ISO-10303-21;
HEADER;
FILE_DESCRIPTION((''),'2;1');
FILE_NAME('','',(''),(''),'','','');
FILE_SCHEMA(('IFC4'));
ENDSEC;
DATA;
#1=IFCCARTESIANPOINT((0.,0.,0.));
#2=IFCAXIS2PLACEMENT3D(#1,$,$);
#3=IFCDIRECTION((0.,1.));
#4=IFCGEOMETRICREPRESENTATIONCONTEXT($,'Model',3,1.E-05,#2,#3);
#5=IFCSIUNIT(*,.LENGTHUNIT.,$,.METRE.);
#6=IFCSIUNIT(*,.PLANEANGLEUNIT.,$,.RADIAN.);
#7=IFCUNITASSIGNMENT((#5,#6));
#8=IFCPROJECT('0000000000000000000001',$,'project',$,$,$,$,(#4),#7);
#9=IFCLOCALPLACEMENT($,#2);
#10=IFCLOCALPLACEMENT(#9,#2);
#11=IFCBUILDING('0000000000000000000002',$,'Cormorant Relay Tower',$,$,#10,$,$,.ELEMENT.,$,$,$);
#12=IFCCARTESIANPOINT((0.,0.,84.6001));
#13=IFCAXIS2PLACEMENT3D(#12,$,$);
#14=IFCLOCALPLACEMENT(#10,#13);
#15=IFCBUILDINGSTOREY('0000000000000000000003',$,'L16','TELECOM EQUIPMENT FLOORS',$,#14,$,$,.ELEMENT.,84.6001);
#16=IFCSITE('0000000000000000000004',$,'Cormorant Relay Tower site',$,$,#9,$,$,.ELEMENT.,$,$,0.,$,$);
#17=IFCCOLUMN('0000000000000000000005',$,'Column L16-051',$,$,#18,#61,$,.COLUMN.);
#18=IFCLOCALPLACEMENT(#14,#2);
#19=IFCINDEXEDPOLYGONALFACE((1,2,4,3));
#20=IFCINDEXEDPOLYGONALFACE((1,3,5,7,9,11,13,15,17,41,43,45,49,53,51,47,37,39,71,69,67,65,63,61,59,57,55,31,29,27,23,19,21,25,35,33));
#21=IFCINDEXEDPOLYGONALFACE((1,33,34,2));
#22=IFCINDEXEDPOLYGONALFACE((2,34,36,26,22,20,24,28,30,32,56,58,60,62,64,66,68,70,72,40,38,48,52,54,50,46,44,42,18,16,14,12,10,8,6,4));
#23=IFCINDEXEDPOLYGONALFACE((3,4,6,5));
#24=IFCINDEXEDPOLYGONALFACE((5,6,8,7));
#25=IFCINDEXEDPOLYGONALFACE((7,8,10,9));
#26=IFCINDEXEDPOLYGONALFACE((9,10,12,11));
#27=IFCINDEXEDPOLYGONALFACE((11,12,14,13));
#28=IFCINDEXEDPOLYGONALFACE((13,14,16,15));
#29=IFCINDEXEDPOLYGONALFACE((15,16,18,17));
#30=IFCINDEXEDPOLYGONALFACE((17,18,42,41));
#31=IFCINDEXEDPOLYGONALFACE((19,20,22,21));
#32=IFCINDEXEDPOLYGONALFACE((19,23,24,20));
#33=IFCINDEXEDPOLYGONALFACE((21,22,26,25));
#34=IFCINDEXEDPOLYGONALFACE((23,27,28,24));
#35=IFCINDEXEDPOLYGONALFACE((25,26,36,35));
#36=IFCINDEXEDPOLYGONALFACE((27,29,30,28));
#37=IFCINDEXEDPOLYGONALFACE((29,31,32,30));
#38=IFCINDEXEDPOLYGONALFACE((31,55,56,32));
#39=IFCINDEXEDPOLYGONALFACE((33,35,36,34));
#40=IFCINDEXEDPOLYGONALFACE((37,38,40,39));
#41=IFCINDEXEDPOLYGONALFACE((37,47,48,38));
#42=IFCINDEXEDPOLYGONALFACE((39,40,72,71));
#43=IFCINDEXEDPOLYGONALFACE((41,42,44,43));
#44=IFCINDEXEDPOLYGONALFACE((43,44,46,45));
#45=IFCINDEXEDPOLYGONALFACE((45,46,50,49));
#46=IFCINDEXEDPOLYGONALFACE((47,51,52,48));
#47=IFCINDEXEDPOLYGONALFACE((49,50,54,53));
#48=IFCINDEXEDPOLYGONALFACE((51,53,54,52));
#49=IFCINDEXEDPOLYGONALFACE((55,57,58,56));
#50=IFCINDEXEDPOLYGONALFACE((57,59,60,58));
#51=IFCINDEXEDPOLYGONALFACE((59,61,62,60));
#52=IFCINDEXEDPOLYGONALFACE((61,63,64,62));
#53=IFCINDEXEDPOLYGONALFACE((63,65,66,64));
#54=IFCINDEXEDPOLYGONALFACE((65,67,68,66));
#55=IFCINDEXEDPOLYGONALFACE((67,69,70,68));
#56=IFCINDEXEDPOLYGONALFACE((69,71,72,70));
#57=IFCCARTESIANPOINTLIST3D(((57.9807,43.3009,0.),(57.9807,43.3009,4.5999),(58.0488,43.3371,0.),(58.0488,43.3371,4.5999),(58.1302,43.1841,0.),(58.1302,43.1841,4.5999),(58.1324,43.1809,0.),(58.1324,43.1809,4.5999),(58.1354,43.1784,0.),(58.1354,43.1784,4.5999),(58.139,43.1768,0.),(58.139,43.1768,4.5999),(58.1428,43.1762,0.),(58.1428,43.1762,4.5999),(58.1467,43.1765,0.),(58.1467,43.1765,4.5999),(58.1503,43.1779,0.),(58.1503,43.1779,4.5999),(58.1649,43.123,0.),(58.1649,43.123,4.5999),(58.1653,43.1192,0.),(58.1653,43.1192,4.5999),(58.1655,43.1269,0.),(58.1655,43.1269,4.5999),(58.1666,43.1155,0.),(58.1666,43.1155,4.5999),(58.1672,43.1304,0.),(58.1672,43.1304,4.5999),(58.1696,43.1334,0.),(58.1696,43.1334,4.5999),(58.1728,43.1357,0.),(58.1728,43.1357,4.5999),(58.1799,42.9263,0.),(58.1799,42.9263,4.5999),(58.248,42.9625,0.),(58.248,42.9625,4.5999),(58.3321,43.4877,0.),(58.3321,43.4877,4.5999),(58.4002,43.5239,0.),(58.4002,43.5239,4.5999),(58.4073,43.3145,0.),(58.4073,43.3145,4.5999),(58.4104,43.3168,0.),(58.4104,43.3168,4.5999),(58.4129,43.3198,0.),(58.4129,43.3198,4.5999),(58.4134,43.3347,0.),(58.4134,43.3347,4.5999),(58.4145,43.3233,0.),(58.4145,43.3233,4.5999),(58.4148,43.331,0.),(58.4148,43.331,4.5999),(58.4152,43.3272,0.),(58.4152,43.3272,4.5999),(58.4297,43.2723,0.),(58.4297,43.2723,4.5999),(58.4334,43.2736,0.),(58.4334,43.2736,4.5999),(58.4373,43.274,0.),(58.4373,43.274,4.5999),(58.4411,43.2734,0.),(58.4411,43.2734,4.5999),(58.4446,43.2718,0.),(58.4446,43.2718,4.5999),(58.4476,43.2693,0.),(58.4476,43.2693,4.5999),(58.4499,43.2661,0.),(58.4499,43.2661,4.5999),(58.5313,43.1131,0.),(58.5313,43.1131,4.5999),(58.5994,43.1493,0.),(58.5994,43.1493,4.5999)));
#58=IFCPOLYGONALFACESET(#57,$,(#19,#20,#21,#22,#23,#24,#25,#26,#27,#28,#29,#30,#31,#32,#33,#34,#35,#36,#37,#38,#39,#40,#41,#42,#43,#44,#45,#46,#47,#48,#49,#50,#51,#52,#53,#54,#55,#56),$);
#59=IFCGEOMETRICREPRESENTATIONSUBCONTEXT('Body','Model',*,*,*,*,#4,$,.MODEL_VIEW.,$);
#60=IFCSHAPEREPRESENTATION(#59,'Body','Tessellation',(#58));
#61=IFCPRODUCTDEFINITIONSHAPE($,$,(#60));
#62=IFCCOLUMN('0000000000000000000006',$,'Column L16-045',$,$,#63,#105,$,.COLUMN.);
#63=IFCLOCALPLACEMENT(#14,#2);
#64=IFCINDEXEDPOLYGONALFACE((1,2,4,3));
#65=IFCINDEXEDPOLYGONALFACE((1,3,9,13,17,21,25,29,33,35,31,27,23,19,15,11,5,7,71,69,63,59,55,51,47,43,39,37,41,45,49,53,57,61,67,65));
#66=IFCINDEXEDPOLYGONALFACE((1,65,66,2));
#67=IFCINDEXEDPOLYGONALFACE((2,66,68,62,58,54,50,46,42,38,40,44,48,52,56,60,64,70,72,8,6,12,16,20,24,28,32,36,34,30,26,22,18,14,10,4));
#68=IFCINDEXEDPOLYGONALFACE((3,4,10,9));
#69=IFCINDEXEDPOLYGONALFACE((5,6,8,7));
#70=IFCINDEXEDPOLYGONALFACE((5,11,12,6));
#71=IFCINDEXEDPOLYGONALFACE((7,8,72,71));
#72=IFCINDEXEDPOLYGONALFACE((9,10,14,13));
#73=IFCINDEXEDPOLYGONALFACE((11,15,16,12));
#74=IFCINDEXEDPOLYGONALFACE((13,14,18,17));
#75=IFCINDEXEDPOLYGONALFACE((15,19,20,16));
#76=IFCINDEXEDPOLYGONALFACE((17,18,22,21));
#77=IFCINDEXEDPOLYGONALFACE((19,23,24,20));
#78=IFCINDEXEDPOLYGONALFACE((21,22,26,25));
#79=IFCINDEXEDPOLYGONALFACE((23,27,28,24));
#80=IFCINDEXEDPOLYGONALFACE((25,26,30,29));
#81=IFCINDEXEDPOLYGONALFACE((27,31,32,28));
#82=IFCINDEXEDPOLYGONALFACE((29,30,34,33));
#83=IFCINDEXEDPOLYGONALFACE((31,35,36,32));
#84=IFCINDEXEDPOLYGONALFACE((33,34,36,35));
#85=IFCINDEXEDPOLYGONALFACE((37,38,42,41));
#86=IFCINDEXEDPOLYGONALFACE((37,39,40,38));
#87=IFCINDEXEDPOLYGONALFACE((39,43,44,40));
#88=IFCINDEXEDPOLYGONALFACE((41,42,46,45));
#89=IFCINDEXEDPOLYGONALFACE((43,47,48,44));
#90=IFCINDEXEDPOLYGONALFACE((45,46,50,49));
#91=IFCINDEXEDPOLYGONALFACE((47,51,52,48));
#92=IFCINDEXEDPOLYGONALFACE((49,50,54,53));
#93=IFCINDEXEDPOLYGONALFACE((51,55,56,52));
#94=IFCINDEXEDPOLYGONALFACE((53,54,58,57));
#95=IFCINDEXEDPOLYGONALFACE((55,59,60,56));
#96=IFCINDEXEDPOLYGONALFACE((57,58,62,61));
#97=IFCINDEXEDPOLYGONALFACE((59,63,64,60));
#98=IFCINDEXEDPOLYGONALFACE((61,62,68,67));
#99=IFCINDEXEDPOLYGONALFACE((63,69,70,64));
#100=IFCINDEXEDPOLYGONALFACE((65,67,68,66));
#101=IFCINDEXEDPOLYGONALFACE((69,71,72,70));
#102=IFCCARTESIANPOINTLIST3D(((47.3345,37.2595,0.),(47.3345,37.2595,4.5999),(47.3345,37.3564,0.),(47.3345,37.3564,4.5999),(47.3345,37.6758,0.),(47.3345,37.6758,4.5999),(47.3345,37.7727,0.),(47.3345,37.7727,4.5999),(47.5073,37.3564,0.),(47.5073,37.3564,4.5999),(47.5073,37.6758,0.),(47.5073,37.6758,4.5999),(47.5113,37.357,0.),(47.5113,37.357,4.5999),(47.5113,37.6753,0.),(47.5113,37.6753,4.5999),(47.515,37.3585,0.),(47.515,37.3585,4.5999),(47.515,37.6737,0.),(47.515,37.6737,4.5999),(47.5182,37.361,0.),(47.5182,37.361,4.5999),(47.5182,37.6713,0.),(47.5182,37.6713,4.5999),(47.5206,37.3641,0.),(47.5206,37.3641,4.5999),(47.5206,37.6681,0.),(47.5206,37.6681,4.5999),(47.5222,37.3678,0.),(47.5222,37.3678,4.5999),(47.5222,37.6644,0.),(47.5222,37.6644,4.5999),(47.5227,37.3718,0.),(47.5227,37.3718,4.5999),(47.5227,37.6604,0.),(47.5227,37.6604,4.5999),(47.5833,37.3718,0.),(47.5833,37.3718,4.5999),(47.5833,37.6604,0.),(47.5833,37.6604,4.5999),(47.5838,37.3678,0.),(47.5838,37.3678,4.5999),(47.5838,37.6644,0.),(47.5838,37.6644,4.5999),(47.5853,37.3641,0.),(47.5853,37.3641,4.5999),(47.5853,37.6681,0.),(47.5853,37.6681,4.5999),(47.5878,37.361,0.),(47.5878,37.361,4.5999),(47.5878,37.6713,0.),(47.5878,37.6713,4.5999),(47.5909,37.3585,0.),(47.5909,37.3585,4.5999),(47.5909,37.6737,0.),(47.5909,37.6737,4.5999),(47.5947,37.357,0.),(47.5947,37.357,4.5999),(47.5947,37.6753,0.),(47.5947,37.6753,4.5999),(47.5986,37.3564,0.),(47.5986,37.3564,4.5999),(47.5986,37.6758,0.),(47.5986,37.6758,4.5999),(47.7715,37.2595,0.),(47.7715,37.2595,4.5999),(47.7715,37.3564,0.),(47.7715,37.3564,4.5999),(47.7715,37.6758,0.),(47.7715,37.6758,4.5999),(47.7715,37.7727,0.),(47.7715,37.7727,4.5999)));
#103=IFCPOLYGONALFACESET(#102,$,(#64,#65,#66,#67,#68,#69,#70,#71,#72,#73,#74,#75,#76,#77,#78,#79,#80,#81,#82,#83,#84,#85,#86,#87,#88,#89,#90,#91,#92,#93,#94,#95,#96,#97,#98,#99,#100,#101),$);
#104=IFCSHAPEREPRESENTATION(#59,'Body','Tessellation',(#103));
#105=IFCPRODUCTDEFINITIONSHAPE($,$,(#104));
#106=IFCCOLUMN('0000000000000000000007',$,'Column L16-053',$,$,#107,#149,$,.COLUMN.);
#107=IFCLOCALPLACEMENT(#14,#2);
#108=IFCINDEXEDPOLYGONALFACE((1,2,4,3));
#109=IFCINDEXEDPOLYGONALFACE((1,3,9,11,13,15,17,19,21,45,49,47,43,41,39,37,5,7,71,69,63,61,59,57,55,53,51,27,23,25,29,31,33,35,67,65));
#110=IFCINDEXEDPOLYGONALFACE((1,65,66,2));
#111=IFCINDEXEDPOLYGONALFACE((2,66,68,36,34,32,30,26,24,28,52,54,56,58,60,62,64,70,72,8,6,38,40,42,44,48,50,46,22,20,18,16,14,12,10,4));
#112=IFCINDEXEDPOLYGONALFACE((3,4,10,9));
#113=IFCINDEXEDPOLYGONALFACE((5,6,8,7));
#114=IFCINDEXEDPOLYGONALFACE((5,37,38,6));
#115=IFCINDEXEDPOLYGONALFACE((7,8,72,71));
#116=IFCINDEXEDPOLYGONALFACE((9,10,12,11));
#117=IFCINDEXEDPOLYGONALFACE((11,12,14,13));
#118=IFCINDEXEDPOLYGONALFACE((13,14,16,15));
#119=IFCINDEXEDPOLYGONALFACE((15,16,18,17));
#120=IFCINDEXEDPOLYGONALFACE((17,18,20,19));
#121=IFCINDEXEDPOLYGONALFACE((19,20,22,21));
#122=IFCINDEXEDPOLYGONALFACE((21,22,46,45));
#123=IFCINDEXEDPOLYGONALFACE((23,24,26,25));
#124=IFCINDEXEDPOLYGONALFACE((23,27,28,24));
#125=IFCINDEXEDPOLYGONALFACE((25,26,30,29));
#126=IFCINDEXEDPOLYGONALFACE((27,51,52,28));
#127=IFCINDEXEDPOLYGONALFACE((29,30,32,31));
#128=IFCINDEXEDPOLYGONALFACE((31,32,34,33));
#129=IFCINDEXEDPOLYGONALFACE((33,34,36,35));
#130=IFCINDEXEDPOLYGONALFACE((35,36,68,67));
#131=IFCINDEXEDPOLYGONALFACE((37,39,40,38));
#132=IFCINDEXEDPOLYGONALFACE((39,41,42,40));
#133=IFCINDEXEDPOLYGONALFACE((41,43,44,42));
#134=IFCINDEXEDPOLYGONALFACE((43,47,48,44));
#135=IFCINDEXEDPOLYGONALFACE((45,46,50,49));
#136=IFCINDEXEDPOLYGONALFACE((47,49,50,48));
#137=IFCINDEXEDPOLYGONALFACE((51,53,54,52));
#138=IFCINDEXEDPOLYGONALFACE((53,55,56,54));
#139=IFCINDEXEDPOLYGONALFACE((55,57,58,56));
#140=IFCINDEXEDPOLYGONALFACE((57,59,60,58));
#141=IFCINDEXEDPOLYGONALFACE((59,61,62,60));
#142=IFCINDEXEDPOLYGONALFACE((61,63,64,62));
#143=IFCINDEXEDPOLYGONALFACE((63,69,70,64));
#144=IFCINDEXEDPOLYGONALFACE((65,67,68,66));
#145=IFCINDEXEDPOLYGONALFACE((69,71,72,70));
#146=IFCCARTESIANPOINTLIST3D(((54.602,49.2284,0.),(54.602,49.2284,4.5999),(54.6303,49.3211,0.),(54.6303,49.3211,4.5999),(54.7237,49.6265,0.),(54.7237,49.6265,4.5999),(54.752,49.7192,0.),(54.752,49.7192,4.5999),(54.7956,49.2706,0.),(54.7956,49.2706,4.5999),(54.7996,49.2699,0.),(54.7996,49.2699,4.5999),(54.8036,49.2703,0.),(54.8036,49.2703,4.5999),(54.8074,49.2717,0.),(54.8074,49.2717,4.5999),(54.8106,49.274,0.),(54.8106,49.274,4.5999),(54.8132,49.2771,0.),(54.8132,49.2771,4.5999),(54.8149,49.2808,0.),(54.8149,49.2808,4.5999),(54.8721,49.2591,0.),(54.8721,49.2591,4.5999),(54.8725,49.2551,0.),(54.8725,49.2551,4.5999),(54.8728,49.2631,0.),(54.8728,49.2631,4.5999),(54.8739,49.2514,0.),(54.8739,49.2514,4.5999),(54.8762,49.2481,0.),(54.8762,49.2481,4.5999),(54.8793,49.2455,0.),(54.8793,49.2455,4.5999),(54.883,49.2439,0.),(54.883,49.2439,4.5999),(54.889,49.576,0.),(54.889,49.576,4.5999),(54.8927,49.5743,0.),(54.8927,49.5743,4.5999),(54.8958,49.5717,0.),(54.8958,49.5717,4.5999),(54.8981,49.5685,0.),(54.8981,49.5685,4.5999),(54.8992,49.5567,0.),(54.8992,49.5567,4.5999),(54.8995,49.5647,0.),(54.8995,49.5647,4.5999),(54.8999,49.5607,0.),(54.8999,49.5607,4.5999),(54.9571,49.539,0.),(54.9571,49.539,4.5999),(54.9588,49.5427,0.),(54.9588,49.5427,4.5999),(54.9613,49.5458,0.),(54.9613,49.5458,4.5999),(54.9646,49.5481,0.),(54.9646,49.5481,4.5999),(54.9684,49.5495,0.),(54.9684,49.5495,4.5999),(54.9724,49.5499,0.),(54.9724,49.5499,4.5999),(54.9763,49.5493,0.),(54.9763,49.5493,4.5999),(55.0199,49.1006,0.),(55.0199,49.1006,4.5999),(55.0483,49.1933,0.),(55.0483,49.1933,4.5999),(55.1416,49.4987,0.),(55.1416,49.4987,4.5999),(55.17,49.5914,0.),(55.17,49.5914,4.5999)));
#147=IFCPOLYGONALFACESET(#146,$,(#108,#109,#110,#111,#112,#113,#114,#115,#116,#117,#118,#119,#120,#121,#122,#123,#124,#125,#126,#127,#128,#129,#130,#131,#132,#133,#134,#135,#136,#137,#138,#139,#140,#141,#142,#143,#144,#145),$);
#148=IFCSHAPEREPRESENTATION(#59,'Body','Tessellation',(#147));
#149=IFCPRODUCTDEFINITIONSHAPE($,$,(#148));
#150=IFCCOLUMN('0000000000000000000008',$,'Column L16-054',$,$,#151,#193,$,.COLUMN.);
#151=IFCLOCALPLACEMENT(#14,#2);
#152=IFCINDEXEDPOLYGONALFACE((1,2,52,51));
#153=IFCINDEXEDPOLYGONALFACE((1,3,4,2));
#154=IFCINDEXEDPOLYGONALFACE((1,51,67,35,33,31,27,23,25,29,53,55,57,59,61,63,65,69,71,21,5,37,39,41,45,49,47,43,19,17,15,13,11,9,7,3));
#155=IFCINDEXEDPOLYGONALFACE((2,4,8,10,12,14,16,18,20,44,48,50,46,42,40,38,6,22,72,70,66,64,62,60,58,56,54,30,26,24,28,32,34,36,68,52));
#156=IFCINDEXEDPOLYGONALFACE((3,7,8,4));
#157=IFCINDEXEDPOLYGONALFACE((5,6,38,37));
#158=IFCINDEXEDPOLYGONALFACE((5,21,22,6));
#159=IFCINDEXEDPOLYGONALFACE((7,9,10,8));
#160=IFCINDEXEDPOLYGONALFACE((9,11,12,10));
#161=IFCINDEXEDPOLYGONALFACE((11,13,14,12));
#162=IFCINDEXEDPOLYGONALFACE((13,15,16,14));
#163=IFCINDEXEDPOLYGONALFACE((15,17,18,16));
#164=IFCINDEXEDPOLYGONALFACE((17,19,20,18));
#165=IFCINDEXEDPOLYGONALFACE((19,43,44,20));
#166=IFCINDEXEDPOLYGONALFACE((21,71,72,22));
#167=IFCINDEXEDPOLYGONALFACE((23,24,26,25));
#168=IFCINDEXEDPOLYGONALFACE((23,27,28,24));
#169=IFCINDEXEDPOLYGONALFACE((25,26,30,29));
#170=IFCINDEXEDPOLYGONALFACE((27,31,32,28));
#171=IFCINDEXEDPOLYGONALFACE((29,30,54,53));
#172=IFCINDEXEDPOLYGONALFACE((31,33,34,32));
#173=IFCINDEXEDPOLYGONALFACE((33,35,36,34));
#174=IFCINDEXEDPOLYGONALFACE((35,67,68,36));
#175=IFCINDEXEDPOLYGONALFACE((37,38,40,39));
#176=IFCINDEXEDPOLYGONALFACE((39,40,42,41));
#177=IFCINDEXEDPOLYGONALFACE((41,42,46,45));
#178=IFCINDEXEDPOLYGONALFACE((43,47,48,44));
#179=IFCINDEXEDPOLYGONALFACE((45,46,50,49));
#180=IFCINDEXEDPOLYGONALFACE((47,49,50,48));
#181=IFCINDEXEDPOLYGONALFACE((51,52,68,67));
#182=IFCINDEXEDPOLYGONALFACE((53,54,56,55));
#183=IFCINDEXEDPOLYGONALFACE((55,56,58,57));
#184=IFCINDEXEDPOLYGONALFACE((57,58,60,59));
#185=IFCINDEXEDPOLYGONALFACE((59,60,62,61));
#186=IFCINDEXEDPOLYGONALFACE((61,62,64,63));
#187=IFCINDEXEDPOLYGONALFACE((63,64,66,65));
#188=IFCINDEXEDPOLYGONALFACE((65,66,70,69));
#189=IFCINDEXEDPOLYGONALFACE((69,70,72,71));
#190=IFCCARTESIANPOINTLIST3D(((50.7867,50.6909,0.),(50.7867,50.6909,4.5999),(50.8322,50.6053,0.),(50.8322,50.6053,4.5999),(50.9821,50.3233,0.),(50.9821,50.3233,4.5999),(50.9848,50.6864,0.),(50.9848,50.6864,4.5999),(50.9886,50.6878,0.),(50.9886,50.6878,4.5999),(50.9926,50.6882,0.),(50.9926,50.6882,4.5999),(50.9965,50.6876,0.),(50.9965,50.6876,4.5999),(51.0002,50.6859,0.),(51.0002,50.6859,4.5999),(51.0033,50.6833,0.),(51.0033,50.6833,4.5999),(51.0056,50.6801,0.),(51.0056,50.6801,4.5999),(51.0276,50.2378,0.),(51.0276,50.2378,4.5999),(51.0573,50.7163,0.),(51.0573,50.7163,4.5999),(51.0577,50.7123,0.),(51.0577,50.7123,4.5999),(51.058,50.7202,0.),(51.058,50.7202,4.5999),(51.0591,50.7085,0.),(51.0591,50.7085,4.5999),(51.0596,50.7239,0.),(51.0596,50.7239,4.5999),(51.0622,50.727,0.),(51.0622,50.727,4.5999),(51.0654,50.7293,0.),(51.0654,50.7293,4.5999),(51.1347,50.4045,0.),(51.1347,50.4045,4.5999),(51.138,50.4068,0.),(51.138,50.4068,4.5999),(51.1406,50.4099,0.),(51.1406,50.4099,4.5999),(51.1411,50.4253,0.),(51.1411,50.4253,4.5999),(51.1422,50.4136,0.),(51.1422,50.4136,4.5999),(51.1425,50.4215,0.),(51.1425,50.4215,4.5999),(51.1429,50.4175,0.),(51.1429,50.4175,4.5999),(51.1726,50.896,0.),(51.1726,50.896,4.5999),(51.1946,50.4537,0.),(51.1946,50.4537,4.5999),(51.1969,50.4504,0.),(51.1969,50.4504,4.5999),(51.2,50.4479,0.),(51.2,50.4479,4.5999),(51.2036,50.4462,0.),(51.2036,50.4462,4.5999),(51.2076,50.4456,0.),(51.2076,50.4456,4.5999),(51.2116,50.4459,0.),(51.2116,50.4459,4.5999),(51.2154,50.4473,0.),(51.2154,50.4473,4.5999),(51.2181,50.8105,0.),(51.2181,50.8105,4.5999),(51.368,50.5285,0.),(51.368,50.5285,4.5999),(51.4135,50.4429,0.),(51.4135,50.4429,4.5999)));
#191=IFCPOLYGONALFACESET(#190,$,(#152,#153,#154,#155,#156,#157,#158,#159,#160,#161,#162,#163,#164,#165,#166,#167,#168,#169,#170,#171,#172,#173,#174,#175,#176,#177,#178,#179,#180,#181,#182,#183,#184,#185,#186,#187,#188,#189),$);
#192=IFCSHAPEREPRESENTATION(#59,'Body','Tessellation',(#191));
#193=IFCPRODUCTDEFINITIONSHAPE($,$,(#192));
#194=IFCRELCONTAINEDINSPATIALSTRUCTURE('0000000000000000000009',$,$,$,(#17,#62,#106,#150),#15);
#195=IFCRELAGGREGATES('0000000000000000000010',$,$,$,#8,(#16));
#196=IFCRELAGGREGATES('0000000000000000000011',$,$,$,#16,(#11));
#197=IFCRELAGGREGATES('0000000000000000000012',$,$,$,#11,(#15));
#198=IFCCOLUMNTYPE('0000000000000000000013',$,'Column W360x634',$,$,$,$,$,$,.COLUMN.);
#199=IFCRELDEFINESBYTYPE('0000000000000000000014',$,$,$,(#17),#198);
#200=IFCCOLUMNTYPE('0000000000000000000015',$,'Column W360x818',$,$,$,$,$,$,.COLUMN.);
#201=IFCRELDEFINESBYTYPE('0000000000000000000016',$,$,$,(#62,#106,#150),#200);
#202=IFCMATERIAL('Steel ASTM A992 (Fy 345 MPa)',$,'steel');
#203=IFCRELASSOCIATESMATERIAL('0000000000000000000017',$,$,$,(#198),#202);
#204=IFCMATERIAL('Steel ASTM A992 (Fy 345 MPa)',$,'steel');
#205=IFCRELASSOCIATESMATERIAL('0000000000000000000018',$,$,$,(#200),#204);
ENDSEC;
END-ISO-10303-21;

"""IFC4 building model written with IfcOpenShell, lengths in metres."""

from ifc_helpers import new_model, si_unit, direction, frame, origin, origin_2d, place, context, subcontext, project, spatial, i_section, extrude, material, material_profile, profile_set, type_object, element, save


model = new_model("IFC4")

# Units and contexts
model_context = context("Model", 3, precision=1e-05, world=origin(), true_north=direction((0.0, 1.0)))
body_context = subcontext(model_context, "Body", "Model", "MODEL_VIEW")
ifc_project = project(units=[si_unit("LENGTHUNIT", "METRE"), si_unit("PLANEANGLEUNIT", "RADIAN")], contexts=[model_context])

# Site, building, storey
site_placement = place(None, origin())
site = spatial("IfcSite", under=ifc_project, at=site_placement, Name="Cormorant Relay Tower site", CompositionType="ELEMENT", RefElevation=0.0)
building_placement = place(site_placement, origin())
building = spatial("IfcBuilding", under=site, at=building_placement, Name="Cormorant Relay Tower", CompositionType="ELEMENT")
storey_placement = place(building_placement, frame((0.0, 0.0, 84.6001)))
storey = spatial("IfcBuildingStorey", under=building, at=storey_placement, Name="L16", Description="TELECOM EQUIPMENT FLOORS", CompositionType="ELEMENT", Elevation=84.6001)

# Columns
ifc_material_1 = material(Name="Steel ASTM A992 (Fy 345 MPa)", Category="steel")
ifc_material_profile_1 = material_profile(ifc_material_1, i_section(OverallWidth=0.4243, OverallDepth=0.4751, WebThickness=0.0479, FlangeThickness=0.0771, FilletRadius=0.0149, at=origin_2d()), Name="W360x634")
ifc_profile_set_1 = profile_set([ifc_material_profile_1], Name="Steel ASTM A992 (Fy 345 MPa)")
column_type_1 = type_object("IfcColumnType", Name="Column W360x634", PredefinedType="COLUMN", material=ifc_profile_set_1)
column_placement = place(storey_placement, frame((58.29, 43.2251, 0.0), z_axis=(0.0, 0.0, 1.0), x_axis=(-0.469472, 0.882948, 0.0)))
element("IfcColumn", 1, at=column_placement, inside=storey, type_object=column_type_1, Name="Column L16-051", PredefinedType="COLUMN", context=body_context, shape_type="SweptSolid", body=[
    extrude(i_section(OverallWidth=0.4243, OverallDepth=0.4751, WebThickness=0.0479, FlangeThickness=0.0771, FilletRadius=0.0149, at=origin_2d()), origin(), (0.0, 0.0, 1.0), 4.5999),
])
ifc_material_2 = material(Name="Steel ASTM A992 (Fy 345 MPa)", Category="steel")
ifc_material_profile_2 = material_profile(ifc_material_2, i_section(OverallWidth=0.437, OverallDepth=0.5132, WebThickness=0.0605, FlangeThickness=0.0969, FilletRadius=0.0154, at=origin_2d()), Name="W360x818")
ifc_profile_set_2 = profile_set([ifc_material_profile_2], Name="Steel ASTM A992 (Fy 345 MPa)")
column_type_2 = type_object("IfcColumnType", Name="Column W360x818", PredefinedType="COLUMN", material=ifc_profile_set_2)
for number, where, z_axis, x_axis, name in (
    (2, (47.553, 37.5161, 0.0), (0.0, 0.0, 1.0), (1.0, 0.0, 0.0), "Column L16-045"),
    (3, (54.886, 49.4099, 0.0), (0.0, 0.0, 1.0), (-0.956305, 0.292372, 0.0), "Column L16-053"),
    (4, (51.1001, 50.5669, 0.0), (0.0, 0.0, 1.0), (-0.882948, -0.469472, 0.0), "Column L16-054"),
):
    element("IfcColumn", number, at=place(storey_placement, frame(where, z_axis=z_axis, x_axis=x_axis)), inside=storey, type_object=column_type_2, Name=name, PredefinedType="COLUMN", context=body_context, shape_type="SweptSolid", body=[
        extrude(i_section(OverallWidth=0.437, OverallDepth=0.5132, WebThickness=0.0605, FlangeThickness=0.0969, FilletRadius=0.0154, at=origin_2d()), origin(), (0.0, 0.0, 1.0), 4.5999),
    ])

save(model, "model.ifc")
